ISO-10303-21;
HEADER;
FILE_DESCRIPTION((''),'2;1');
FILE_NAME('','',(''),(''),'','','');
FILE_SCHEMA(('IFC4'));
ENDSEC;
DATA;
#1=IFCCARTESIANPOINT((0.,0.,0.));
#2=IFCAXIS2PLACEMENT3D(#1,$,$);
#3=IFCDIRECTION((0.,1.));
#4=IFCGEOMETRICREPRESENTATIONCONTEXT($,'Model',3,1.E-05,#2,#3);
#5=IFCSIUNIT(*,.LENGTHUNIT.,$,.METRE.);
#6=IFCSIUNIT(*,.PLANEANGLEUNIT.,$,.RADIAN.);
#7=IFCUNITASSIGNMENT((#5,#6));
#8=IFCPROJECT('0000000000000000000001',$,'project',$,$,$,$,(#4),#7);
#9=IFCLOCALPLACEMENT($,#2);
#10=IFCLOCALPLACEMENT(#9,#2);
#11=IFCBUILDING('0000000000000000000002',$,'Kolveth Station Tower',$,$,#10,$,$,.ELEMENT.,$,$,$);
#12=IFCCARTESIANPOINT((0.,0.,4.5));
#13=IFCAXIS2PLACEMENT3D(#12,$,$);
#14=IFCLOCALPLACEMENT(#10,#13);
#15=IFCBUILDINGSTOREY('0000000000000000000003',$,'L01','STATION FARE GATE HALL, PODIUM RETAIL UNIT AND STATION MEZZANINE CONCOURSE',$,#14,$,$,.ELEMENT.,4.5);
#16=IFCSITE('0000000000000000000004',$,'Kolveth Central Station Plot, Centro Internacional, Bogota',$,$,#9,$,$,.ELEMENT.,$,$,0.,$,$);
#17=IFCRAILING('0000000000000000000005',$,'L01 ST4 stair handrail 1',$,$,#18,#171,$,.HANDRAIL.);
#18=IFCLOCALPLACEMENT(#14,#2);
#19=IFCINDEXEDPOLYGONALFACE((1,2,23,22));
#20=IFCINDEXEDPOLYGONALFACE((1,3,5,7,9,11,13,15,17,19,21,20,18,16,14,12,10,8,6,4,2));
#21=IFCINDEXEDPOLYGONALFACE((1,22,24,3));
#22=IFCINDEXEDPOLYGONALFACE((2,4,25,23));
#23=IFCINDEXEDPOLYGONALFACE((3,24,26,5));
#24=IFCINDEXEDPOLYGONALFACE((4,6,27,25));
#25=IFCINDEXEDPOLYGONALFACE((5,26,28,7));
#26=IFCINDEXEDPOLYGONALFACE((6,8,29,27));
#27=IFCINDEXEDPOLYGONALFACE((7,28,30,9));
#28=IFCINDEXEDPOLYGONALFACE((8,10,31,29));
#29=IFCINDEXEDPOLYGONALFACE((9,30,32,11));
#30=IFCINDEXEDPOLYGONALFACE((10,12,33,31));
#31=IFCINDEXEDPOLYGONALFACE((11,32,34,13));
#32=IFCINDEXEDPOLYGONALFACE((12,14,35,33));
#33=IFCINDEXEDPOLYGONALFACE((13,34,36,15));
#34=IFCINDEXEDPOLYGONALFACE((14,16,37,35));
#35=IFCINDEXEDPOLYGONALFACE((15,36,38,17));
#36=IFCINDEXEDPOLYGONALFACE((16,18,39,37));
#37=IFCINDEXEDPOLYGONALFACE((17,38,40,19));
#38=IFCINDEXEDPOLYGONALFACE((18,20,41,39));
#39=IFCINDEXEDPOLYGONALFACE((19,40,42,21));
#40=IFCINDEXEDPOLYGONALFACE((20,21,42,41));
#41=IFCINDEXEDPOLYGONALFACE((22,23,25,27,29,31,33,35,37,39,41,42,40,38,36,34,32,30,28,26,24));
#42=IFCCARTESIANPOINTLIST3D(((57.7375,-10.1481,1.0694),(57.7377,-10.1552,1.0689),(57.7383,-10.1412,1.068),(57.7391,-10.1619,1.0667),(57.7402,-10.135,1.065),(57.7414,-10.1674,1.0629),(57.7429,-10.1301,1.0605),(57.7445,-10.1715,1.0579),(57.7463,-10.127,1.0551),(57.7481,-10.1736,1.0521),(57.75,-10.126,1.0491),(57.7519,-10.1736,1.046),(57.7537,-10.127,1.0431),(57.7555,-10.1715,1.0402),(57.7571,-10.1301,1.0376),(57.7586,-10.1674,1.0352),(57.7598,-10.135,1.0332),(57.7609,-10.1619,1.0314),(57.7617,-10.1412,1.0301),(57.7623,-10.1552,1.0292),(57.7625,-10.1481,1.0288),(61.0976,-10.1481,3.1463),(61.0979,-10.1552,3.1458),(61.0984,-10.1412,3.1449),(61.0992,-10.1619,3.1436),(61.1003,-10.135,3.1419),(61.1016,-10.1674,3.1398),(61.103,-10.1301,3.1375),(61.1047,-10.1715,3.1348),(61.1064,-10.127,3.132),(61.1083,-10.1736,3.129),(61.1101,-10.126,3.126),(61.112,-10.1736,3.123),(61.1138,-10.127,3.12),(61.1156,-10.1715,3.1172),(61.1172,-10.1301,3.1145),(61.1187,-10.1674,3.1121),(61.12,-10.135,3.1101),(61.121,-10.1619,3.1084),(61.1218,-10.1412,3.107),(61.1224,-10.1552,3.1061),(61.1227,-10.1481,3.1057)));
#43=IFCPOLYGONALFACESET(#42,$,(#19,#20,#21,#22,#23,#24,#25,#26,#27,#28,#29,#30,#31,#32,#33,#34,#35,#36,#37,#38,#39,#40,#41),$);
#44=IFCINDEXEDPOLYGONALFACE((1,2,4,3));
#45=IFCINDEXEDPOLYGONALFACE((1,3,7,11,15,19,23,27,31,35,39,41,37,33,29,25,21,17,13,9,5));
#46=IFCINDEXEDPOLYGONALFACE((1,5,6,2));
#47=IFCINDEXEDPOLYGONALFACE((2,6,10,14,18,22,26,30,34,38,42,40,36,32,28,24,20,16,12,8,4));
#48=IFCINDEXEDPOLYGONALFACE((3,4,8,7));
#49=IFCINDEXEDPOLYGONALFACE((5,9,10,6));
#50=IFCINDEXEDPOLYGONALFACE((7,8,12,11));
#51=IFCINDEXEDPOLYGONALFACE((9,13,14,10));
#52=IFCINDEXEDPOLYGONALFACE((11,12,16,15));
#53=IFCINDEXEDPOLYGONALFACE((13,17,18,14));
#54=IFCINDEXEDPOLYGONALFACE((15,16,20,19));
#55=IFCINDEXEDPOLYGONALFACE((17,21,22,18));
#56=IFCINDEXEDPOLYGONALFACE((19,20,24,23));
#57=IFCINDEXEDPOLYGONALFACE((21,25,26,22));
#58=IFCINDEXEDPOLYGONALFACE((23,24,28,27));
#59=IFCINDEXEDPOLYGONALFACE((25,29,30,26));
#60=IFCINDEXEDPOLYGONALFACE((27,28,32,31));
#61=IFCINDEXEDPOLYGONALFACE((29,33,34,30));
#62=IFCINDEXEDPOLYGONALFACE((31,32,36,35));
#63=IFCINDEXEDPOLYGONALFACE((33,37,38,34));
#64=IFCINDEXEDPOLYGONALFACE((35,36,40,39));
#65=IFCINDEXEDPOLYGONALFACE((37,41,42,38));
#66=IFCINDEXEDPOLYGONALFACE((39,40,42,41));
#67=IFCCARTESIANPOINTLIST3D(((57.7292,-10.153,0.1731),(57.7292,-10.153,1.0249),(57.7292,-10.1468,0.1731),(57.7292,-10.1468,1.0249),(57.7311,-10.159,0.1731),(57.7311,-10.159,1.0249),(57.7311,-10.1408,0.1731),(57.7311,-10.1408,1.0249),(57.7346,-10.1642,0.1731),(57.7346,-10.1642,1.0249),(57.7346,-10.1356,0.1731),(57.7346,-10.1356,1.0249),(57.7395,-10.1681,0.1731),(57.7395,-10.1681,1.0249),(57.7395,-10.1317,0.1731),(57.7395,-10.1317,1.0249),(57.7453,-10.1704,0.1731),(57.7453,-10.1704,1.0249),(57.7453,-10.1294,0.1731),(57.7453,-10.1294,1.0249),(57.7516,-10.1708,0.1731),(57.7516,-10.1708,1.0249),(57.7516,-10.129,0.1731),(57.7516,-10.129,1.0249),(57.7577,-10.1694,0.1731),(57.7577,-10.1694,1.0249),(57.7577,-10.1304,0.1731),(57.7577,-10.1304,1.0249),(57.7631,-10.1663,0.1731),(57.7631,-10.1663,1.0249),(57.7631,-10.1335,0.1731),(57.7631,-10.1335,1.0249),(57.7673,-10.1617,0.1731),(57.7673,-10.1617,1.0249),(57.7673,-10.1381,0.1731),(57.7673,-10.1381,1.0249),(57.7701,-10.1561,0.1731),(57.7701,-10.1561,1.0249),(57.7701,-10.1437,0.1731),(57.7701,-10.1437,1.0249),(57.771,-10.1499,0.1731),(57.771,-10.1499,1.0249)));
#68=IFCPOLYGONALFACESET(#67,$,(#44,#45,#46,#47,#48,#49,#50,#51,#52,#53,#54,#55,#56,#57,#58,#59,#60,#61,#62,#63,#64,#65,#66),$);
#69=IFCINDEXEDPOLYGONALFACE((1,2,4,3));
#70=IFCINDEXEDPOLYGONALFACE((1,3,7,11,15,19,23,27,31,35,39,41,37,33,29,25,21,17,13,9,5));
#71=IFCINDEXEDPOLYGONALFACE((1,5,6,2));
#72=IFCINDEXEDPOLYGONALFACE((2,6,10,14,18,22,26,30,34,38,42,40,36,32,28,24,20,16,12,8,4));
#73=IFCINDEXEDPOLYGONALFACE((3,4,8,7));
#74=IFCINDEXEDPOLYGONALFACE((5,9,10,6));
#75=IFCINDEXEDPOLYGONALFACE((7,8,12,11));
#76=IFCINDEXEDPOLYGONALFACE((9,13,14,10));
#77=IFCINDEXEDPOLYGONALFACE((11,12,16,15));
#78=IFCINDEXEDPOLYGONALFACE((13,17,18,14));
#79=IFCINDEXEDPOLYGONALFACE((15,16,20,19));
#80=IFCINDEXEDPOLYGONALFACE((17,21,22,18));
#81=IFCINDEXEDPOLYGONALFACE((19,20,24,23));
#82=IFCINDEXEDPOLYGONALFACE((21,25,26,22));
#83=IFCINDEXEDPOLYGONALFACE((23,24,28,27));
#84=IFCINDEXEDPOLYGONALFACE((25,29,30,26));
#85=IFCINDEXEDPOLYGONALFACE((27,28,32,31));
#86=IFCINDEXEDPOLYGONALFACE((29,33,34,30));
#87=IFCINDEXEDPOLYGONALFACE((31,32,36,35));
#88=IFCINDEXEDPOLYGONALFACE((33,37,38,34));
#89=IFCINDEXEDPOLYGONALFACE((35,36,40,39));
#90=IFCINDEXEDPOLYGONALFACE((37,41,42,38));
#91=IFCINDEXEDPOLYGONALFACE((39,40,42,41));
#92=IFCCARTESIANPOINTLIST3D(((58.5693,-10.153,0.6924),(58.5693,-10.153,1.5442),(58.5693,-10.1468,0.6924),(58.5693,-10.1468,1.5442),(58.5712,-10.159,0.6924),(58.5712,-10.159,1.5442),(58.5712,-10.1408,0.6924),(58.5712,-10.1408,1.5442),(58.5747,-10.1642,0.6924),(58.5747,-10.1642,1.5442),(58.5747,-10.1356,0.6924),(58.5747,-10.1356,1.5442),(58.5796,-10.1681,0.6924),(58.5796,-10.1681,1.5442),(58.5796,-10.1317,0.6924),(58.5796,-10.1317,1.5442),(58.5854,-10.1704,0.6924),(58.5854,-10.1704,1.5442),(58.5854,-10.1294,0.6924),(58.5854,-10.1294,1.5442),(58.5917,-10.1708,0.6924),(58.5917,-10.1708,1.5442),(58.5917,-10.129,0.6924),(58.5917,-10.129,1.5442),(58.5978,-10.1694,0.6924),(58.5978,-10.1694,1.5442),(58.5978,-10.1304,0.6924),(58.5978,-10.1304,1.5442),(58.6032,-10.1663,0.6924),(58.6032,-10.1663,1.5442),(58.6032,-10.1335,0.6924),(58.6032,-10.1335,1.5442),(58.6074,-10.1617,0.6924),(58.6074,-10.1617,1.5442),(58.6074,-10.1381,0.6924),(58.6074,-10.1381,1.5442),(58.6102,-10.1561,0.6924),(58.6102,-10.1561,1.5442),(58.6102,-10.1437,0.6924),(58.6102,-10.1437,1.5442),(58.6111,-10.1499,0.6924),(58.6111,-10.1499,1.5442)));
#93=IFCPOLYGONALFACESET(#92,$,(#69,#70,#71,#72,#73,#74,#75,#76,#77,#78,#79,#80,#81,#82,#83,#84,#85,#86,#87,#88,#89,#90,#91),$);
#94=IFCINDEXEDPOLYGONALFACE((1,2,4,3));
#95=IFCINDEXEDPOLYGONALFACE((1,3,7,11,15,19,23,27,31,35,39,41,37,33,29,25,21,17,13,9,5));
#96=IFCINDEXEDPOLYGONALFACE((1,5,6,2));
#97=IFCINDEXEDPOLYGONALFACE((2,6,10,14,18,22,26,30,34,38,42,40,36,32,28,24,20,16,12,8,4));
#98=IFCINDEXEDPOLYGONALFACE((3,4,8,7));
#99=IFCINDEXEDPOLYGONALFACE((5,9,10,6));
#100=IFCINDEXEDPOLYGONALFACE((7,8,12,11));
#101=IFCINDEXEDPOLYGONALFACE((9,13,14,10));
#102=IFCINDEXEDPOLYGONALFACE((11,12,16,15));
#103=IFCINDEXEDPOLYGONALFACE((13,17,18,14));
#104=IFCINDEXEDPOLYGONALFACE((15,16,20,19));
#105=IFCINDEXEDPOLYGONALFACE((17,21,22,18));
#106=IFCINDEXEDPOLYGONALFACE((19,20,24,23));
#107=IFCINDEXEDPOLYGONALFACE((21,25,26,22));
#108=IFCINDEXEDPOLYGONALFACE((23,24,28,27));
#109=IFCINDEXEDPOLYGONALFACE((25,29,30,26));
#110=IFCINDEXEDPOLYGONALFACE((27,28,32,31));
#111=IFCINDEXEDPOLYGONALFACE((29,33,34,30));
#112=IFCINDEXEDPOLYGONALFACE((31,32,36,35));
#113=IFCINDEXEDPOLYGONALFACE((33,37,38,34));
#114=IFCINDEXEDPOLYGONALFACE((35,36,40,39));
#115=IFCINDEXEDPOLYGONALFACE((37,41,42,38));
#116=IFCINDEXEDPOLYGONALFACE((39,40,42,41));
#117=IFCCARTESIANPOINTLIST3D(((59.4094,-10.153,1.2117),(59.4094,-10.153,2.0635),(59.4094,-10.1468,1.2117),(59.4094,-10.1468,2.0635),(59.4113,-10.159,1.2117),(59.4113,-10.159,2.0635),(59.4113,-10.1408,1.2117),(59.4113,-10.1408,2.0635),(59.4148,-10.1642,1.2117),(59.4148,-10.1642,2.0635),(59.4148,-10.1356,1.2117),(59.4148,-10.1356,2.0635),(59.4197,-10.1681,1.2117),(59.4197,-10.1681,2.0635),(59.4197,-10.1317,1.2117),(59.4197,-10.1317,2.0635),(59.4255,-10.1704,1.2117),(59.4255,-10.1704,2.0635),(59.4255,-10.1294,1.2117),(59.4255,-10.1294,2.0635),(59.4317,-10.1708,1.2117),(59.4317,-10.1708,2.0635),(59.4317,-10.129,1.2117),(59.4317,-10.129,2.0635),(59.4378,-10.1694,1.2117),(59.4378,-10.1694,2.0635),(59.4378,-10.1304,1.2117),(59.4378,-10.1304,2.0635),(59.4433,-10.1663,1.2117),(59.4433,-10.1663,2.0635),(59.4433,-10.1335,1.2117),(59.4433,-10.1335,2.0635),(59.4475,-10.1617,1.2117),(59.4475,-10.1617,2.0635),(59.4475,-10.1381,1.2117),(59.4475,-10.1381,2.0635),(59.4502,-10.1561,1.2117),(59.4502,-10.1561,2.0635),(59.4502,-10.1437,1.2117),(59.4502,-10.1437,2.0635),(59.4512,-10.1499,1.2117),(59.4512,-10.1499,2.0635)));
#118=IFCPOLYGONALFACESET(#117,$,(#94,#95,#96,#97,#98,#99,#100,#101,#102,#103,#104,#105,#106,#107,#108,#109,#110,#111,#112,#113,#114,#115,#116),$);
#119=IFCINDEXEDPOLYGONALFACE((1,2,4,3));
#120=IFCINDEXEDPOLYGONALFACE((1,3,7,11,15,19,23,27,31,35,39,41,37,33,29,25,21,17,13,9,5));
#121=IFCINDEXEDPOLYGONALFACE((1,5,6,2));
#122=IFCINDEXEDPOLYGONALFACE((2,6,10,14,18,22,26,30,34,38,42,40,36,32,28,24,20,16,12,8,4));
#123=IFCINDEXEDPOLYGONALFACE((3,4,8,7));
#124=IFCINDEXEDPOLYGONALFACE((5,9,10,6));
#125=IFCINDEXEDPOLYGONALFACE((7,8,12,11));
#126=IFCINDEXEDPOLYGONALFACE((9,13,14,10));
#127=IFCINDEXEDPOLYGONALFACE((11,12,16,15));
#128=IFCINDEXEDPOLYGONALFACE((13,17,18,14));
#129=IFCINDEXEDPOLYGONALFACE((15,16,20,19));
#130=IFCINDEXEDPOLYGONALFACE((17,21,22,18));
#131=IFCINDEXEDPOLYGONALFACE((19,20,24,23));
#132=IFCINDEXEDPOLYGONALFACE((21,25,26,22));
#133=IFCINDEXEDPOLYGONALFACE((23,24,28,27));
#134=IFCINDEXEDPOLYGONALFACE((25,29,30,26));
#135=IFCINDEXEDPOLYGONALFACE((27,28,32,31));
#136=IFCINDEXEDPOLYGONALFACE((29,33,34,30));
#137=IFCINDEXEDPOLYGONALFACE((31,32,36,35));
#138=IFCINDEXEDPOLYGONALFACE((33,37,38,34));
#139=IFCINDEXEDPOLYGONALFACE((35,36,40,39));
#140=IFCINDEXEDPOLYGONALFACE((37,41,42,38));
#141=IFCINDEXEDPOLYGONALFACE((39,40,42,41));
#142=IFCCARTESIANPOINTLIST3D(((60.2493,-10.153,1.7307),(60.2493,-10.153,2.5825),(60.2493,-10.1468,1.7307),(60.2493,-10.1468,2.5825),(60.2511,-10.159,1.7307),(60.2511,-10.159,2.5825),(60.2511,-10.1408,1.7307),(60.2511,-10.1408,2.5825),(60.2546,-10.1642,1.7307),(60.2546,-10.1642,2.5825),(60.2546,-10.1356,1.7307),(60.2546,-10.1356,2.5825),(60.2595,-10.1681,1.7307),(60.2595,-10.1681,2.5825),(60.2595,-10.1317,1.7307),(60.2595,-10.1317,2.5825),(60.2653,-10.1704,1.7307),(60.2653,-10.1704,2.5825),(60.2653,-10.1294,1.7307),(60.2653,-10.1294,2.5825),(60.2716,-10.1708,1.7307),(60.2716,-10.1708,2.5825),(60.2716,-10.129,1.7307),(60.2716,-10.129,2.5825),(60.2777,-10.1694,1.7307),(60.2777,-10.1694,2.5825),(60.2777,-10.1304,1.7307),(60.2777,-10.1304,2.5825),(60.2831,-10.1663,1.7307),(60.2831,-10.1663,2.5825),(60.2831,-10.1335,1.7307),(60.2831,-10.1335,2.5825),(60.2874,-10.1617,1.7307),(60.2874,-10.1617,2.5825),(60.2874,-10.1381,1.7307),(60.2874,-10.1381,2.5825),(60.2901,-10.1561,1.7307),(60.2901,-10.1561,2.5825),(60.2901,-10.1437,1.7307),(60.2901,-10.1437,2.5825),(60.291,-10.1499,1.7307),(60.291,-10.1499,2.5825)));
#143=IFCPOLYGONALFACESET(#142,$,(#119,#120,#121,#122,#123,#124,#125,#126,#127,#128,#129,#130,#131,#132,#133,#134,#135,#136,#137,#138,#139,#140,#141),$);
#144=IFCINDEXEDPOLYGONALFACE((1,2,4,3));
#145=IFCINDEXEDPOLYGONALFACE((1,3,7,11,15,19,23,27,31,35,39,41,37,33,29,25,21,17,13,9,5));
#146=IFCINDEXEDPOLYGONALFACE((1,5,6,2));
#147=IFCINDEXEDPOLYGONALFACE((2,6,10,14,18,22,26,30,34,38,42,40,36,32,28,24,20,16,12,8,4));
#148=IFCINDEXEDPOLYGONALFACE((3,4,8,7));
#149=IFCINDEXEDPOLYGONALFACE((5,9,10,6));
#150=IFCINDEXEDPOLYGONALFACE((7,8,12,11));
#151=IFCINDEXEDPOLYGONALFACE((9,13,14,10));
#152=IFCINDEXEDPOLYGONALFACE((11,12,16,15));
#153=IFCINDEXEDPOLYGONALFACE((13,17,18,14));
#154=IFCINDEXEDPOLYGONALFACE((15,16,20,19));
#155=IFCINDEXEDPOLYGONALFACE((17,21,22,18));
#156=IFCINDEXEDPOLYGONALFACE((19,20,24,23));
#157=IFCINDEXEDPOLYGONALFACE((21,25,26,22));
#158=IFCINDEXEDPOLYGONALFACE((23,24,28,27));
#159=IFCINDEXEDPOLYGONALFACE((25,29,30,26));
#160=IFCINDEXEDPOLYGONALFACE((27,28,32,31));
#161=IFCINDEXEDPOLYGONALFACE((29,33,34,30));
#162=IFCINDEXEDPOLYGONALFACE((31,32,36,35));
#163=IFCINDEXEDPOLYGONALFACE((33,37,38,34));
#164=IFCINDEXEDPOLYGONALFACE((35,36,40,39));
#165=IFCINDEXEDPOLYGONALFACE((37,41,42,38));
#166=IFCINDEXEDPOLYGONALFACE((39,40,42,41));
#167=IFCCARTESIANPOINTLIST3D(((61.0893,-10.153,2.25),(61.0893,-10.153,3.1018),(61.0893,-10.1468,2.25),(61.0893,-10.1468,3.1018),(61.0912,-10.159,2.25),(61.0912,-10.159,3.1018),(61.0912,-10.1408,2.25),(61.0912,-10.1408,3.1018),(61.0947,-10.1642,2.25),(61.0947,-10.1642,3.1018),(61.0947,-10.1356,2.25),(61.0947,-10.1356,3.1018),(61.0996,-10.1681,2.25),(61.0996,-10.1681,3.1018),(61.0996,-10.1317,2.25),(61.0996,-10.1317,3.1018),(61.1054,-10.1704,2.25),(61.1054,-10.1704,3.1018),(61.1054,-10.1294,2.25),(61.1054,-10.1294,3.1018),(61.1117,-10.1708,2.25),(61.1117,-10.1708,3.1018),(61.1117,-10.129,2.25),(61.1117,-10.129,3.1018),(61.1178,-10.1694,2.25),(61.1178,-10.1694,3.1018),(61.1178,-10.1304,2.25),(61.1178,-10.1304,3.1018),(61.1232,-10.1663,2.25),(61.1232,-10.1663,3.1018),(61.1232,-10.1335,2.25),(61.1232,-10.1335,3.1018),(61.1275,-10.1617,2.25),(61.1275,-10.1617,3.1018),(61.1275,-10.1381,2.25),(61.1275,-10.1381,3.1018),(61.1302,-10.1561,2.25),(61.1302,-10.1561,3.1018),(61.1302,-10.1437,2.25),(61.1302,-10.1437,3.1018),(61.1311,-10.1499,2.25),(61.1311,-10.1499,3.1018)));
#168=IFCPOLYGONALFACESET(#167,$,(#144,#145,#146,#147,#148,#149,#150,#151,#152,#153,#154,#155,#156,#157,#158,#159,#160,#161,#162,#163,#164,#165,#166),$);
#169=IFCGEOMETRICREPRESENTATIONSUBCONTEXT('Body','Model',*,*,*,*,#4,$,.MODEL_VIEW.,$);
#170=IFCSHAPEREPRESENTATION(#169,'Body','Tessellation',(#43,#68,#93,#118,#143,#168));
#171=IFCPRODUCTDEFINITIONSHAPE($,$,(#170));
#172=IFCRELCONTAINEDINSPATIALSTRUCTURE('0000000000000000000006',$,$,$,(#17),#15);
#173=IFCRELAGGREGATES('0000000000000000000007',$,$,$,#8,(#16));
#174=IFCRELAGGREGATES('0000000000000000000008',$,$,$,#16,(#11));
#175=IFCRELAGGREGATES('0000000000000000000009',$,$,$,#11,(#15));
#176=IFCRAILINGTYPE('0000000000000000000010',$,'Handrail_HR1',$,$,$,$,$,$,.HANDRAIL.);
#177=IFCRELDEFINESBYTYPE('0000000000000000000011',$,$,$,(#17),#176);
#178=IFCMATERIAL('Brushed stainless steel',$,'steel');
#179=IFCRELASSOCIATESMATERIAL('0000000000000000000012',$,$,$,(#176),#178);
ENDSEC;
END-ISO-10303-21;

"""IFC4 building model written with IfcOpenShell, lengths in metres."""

from ifc_helpers import new_model, si_unit, direction, frame, origin, origin_2d, place, context, subcontext, project, spatial, circle, extrude, material, type_object, element, save


model = new_model("IFC4")

# Units and contexts
model_context = context("Model", 3, precision=1e-05, world=origin(), true_north=direction((0.0, 1.0)))
body_context = subcontext(model_context, "Body", "Model", "MODEL_VIEW")
ifc_project = project(units=[si_unit("LENGTHUNIT", "METRE"), si_unit("PLANEANGLEUNIT", "RADIAN")], contexts=[model_context])

# Site, building, storey
site_placement = place(None, origin())
site = spatial("IfcSite", under=ifc_project, at=site_placement, Name="Kolveth Central Station Plot, Centro Internacional, Bogota", CompositionType="ELEMENT", RefElevation=0.0)
building_placement = place(site_placement, origin())
building = spatial("IfcBuilding", under=site, at=building_placement, Name="Kolveth Station Tower", CompositionType="ELEMENT")
storey_placement = place(building_placement, frame((0.0, 0.0, 4.5)))
storey = spatial("IfcBuildingStorey", under=building, at=storey_placement, Name="L01", Description="STATION FARE GATE HALL, PODIUM RETAIL UNIT AND STATION MEZZANINE CONCOURSE", CompositionType="ELEMENT", Elevation=4.5)

# Railing
ifc_material_1 = material(Name="Brushed stainless steel", Category="steel")
railing_type_1 = type_object("IfcRailingType", Name="Handrail_HR1", PredefinedType="HANDRAIL", material=ifc_material_1)
railing_1_placement = place(storey_placement, frame((57.75, -10.1499, 0.1731)))
element("IfcRailing", 1, at=railing_1_placement, inside=storey, type_object=railing_type_1, Name="L01 ST4 stair handrail 1", PredefinedType="HANDRAIL", context=body_context, shape_type="SweptSolid", body=[
    extrude(circle(Radius=0.0239, at=origin_2d()), frame((0.0, 0.0, 0.876), z_axis=(0.850623, 0.0, 0.525776), x_axis=(0.0, 1.0, 0.0)), (0.0, 0.0, 1.0), 3.9502),
    extrude(circle(Radius=0.021, at=origin_2d()), origin(), (0.0, 0.0, 1.0), 0.8518),
    extrude(circle(Radius=0.021, at=origin_2d()), frame((0.8401, 0.0, 0.5193)), (0.0, 0.0, 1.0), 0.8518),
    extrude(circle(Radius=0.021, at=origin_2d()), frame((1.6802, 0.0, 1.0386)), (0.0, 0.0, 1.0), 0.8518),
    extrude(circle(Radius=0.021, at=origin_2d()), frame((2.52, 0.0, 1.5576)), (0.0, 0.0, 1.0), 0.8518),
    extrude(circle(Radius=0.021, at=origin_2d()), frame((3.3601, 0.0, 2.0769)), (0.0, 0.0, 1.0), 0.8518),
])

save(model, "model.ifc")
